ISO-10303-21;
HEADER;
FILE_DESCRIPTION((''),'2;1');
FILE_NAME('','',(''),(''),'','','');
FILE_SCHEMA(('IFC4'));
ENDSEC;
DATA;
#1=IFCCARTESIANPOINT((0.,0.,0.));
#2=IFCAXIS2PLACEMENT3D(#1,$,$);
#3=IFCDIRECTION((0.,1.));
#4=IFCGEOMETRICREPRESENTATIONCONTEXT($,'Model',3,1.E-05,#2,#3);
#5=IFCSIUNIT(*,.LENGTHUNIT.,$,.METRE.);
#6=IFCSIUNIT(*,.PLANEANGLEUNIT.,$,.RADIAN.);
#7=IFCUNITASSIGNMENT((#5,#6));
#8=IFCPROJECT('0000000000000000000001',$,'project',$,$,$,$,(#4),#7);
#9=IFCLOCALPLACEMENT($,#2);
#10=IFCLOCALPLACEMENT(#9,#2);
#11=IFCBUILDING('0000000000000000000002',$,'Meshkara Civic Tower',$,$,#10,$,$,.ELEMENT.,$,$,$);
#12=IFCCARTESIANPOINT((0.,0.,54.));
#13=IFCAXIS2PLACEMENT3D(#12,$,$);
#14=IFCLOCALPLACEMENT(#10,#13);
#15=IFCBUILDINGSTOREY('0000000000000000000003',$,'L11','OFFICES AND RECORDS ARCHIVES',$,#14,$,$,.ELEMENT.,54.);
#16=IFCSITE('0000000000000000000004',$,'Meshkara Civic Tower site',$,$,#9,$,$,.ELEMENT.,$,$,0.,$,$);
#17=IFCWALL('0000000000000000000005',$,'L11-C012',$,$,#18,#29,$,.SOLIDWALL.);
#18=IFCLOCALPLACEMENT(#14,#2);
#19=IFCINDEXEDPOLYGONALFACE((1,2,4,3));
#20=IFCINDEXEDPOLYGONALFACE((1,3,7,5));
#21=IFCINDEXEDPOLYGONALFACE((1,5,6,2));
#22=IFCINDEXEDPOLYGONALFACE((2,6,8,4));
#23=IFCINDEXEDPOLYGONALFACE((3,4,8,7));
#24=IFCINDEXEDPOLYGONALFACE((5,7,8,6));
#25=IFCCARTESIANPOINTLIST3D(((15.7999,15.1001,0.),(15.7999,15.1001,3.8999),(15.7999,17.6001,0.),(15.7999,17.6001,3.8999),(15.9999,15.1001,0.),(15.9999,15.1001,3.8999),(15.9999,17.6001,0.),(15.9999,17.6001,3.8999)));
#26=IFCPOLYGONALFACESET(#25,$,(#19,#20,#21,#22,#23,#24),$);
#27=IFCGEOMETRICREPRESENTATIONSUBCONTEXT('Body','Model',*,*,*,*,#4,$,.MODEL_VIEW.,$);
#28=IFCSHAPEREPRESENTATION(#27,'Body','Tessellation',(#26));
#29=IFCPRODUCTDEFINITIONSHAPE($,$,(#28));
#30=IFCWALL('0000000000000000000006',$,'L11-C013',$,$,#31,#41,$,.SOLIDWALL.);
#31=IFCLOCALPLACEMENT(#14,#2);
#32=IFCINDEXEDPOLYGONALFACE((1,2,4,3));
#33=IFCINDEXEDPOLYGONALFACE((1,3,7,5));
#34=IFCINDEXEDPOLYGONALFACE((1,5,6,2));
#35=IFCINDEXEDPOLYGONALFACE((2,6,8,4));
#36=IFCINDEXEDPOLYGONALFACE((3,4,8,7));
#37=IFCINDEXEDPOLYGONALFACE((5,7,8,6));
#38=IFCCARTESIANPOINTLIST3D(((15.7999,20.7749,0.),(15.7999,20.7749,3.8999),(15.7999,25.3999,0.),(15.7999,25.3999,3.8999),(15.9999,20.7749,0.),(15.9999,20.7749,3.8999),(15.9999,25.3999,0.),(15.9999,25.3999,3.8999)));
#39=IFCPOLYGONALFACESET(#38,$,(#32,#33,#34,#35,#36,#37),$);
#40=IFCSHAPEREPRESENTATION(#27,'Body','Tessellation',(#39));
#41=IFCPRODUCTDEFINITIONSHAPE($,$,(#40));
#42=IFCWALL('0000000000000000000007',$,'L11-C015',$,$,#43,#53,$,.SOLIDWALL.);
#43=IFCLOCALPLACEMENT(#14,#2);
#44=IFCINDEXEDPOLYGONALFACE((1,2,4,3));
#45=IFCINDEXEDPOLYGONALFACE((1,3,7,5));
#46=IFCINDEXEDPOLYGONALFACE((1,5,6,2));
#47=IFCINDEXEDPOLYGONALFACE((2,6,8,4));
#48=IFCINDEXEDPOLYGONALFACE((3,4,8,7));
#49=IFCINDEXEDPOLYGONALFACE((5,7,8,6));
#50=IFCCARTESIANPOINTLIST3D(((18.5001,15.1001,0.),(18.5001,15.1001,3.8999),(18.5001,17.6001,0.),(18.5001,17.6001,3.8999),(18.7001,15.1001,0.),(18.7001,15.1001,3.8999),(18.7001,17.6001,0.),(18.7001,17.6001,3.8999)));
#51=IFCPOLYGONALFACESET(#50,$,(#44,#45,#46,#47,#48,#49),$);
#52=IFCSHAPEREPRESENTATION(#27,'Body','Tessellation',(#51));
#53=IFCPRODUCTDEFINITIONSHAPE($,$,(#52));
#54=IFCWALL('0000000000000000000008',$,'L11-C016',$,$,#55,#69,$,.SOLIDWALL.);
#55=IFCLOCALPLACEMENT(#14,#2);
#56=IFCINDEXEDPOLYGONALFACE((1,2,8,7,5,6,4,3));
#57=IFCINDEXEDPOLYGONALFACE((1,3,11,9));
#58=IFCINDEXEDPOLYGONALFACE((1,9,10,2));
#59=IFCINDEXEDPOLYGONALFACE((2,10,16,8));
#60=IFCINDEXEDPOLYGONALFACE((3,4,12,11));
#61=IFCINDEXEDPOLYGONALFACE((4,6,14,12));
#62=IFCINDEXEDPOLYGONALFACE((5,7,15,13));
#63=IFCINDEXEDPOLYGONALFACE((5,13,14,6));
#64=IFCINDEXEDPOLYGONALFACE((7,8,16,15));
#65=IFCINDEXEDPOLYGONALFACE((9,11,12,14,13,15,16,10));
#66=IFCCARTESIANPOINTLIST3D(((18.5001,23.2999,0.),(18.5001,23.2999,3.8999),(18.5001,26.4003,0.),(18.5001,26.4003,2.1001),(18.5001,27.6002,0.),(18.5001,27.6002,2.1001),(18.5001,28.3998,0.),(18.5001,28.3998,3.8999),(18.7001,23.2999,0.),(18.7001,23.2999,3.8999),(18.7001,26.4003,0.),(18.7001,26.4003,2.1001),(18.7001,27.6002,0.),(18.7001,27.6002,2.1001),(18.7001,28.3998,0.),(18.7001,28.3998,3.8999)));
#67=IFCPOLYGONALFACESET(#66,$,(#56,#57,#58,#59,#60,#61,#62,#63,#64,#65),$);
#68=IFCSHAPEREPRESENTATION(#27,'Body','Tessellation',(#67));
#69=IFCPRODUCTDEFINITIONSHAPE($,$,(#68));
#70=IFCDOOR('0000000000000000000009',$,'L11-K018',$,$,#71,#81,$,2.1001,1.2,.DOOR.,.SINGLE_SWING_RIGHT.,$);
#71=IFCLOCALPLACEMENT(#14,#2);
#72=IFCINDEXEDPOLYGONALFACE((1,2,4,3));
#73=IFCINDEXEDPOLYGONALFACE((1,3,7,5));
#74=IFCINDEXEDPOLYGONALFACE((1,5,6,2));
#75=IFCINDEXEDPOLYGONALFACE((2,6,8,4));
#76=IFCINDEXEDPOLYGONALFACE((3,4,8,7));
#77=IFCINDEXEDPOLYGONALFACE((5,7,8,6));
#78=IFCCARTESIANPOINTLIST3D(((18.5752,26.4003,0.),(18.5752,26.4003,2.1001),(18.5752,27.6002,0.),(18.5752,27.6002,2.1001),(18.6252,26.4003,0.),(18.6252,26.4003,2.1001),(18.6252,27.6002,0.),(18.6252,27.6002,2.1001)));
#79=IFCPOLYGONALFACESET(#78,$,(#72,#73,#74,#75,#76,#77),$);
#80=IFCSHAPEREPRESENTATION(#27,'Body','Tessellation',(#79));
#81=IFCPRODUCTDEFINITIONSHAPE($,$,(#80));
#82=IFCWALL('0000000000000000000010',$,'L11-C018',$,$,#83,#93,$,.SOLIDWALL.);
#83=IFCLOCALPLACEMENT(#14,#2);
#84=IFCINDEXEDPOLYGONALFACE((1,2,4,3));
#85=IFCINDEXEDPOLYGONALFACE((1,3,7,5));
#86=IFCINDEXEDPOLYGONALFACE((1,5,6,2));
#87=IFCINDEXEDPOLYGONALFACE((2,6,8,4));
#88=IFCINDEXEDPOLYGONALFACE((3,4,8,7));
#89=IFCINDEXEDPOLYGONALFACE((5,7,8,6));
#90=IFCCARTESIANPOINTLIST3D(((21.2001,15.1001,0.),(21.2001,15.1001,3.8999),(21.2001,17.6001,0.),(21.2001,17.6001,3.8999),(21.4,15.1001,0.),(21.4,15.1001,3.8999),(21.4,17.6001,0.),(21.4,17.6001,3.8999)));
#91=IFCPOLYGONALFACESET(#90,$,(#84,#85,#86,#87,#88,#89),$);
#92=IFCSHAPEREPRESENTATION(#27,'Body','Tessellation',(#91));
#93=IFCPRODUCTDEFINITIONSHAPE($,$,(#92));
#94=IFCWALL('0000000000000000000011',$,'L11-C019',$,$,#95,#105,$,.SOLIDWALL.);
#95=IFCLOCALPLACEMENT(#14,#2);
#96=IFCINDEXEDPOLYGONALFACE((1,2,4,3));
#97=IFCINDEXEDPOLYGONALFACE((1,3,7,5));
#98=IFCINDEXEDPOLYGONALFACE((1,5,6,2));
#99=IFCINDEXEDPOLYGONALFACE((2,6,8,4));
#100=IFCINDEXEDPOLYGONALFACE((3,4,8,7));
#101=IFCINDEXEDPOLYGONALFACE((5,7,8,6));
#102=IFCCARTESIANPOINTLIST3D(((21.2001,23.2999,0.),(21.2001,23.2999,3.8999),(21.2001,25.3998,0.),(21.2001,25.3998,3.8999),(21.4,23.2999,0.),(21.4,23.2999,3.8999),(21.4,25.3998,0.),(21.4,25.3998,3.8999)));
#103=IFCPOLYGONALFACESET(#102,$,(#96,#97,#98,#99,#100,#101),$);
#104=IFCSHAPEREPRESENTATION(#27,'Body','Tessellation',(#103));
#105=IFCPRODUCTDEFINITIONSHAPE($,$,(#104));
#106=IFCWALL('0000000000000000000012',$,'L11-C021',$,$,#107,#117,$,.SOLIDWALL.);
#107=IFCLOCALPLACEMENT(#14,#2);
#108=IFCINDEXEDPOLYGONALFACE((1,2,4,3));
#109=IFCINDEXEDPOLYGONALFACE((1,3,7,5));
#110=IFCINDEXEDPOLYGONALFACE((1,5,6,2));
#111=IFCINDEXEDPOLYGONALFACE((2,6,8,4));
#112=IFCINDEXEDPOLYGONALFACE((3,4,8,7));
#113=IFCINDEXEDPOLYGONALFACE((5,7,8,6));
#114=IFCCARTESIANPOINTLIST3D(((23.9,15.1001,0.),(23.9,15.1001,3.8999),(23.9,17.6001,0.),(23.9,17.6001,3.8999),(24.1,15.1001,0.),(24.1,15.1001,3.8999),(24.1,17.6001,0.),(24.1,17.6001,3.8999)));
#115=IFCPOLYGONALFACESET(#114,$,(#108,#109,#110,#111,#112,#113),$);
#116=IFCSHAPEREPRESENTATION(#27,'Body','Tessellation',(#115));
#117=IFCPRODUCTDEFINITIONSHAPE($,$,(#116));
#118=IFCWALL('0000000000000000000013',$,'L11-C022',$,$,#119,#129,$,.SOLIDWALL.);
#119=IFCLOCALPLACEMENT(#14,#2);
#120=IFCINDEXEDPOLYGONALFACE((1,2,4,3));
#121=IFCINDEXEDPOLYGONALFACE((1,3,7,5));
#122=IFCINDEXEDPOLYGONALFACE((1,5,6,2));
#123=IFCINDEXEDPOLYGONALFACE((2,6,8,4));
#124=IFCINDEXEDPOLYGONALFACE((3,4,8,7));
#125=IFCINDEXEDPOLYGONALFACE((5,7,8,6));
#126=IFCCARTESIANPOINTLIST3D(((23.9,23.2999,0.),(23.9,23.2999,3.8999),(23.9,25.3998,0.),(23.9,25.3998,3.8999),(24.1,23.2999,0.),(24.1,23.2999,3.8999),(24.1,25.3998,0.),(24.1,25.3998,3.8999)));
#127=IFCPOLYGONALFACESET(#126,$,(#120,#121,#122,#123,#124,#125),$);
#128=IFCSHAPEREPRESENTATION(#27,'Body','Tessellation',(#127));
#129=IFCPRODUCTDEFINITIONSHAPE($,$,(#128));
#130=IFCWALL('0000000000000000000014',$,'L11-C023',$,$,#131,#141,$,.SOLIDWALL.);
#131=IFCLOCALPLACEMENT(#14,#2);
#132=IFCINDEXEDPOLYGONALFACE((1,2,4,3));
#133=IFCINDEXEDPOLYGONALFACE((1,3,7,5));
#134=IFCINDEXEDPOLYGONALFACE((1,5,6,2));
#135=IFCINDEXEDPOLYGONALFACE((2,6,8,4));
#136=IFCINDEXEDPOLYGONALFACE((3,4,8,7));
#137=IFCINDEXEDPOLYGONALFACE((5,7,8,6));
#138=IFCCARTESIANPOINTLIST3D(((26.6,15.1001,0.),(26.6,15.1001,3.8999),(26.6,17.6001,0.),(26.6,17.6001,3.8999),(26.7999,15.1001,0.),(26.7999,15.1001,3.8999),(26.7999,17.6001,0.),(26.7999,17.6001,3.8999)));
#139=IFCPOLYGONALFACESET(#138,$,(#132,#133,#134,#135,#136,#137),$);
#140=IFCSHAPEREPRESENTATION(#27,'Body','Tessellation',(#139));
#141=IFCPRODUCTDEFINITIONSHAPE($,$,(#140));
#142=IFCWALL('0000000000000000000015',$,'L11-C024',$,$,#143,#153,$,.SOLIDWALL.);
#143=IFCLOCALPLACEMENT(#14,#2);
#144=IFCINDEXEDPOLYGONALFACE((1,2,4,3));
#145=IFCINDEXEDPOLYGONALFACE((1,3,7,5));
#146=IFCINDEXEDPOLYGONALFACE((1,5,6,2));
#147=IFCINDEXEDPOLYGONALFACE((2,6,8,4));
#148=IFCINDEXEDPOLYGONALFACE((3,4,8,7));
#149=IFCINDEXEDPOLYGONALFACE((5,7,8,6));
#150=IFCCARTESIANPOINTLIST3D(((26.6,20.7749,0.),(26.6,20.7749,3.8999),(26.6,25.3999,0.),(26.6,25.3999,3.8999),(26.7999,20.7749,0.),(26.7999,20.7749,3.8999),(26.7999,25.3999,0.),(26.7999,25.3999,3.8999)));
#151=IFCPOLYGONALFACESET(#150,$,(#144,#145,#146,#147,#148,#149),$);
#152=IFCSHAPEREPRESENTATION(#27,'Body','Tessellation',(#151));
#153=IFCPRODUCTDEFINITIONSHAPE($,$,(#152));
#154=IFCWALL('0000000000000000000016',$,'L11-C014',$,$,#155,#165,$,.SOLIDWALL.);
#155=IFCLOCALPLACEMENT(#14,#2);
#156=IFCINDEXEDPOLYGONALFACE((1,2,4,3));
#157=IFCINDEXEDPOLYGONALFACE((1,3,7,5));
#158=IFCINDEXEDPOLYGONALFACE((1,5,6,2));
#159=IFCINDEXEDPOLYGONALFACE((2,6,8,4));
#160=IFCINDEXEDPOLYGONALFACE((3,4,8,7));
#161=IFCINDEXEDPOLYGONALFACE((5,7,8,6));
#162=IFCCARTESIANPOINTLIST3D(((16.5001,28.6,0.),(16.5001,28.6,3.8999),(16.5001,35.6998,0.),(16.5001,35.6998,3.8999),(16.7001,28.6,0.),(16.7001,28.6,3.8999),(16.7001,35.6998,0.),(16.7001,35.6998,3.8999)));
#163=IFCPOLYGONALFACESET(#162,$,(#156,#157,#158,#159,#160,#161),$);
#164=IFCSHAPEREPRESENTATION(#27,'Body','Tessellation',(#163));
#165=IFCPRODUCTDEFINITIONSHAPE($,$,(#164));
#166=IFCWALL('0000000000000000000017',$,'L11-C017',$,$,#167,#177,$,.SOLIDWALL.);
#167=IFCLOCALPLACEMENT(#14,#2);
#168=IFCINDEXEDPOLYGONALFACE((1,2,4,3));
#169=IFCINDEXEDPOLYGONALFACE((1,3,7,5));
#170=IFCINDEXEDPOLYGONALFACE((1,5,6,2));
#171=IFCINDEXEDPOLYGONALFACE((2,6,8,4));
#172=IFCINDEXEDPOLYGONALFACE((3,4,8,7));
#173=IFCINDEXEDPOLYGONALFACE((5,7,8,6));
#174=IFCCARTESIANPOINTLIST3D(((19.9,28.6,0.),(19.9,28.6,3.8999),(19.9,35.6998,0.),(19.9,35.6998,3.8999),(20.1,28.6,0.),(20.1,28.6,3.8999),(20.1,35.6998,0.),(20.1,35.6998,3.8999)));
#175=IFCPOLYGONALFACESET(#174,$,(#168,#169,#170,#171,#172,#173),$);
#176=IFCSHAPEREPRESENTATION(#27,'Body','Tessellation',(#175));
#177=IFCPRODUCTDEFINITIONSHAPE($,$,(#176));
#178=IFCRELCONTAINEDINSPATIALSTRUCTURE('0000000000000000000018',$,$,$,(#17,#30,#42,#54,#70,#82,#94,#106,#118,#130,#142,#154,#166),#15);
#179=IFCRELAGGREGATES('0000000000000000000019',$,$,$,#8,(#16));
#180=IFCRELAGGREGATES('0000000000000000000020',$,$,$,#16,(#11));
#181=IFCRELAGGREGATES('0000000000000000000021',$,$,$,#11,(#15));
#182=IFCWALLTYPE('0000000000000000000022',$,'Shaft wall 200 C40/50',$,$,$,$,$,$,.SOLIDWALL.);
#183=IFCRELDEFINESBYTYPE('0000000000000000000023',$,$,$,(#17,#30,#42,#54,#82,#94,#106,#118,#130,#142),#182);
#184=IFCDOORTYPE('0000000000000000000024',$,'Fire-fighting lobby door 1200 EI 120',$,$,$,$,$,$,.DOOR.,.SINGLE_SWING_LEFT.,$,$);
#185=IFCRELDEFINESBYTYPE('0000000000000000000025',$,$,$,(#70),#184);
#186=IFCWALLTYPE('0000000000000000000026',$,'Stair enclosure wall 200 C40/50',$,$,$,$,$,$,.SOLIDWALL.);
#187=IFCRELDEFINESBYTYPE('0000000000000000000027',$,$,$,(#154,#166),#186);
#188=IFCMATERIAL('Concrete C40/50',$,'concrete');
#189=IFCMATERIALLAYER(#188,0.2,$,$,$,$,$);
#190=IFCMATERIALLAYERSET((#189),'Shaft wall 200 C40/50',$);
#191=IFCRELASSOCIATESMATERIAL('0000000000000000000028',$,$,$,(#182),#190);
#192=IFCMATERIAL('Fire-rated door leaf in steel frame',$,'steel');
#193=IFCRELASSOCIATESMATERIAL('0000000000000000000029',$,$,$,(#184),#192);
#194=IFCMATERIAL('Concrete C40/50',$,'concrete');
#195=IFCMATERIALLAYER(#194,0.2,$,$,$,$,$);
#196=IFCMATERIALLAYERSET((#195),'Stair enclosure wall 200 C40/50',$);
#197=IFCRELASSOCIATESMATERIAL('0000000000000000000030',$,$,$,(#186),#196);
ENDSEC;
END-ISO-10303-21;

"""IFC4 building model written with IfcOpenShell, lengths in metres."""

from ifc_helpers import new_model, si_unit, direction, frame, frame_2d, origin, place, context, subcontext, project, spatial, rectangle, extrude, material, layer, layer_set, type_object, element, fill, save


model = new_model("IFC4")

# Units and contexts
model_context = context("Model", 3, precision=1e-05, world=origin(), true_north=direction((0.0, 1.0)))
body_context = subcontext(model_context, "Body", "Model", "MODEL_VIEW")
ifc_project = project(units=[si_unit("LENGTHUNIT", "METRE"), si_unit("PLANEANGLEUNIT", "RADIAN")], contexts=[model_context])

# Site, building, storey
site_placement = place(None, origin())
site = spatial("IfcSite", under=ifc_project, at=site_placement, Name="Meshkara Civic Tower site", CompositionType="ELEMENT", RefElevation=0.0)
building_placement = place(site_placement, origin())
building = spatial("IfcBuilding", under=site, at=building_placement, Name="Meshkara Civic Tower", CompositionType="ELEMENT")
storey_placement = place(building_placement, frame((0.0, 0.0, 54.0)))
storey = spatial("IfcBuildingStorey", under=building, at=storey_placement, Name="L11", Description="OFFICES AND RECORDS ARCHIVES", CompositionType="ELEMENT", Elevation=54.0)

# Walls
ifc_material_1 = material(Name="Concrete C40/50", Category="concrete")
ifc_layer_1 = layer(ifc_material_1, 0.2)
ifc_layer_set_1 = layer_set([ifc_layer_1], Name="Shaft wall 200 C40/50")
wall_type_1 = type_object("IfcWallType", Name="Shaft wall 200 C40/50", PredefinedType="SOLIDWALL", material=ifc_layer_set_1)
wall_1_placement = place(storey_placement, frame((15.8999, 15.1001, 0.0), z_axis=(0.0, 0.0, 1.0), x_axis=(0.0, 1.0, 0.0)))
element("IfcWall", 1, at=wall_1_placement, inside=storey, type_object=wall_type_1, Name="L11-C012", PredefinedType="SOLIDWALL", context=body_context, shape_type="SweptSolid", body=[
    extrude(rectangle(XDim=2.5, YDim=0.2, at=frame_2d((1.25, 0.0))), origin(), (0.0, 0.0, 1.0), 3.8999),
])
wall_2_placement = place(storey_placement, frame((15.8999, 20.7749, 0.0), z_axis=(0.0, 0.0, 1.0), x_axis=(0.0, 1.0, 0.0)))
element("IfcWall", 2, at=wall_2_placement, inside=storey, type_object=wall_type_1, Name="L11-C013", PredefinedType="SOLIDWALL", context=body_context, shape_type="SweptSolid", body=[
    extrude(rectangle(XDim=4.625, YDim=0.2, at=frame_2d((2.3125, 0.0))), origin(), (0.0, 0.0, 1.0), 3.8999),
])
wall_3_placement = place(storey_placement, frame((18.6001, 15.1001, 0.0), z_axis=(0.0, 0.0, 1.0), x_axis=(0.0, 1.0, 0.0)))
element("IfcWall", 3, at=wall_3_placement, inside=storey, type_object=wall_type_1, Name="L11-C015", PredefinedType="SOLIDWALL", context=body_context, shape_type="SweptSolid", body=[
    extrude(rectangle(XDim=2.5, YDim=0.2, at=frame_2d((1.25, 0.0))), origin(), (0.0, 0.0, 1.0), 3.8999),
])

# Wall, opening, door
wall_4_placement = place(storey_placement, frame((18.6001, 23.3, 0.0), z_axis=(0.0, 0.0, 1.0), x_axis=(0.0, 1.0, 0.0)))
wall_4 = element("IfcWall", 4, at=wall_4_placement, inside=storey, type_object=wall_type_1, Name="L11-C016", PredefinedType="SOLIDWALL", context=body_context, shape_type="SweptSolid", body=[
    extrude(rectangle(XDim=5.0999, YDim=0.2, at=frame_2d((2.5498, 0.0))), origin(), (0.0, 0.0, 1.0), 3.8999),
])
opening_1_placement = place(wall_4_placement, frame((3.1001, 0.0, 0.0)))
opening_1 = element("IfcOpeningElement", 5, at=opening_1_placement, cuts=wall_4, PredefinedType="OPENING", context=body_context, shape_type="SweptSolid", body=[
    extrude(rectangle(XDim=1.2, YDim=2.1001, at=frame_2d((0.6001, 1.05))), frame((0.0, 0.1099, 0.0), z_axis=(0.0, -1.0, 0.0), x_axis=(1.0, 0.0, 0.0)), (0.0, 0.0, 1.0), 0.22),
])
ifc_material_2 = material(Name="Fire-rated door leaf in steel frame", Category="steel")
door_type = type_object("IfcDoorType", Name="Fire-fighting lobby door 1200 EI 120", OperationType="SINGLE_SWING_LEFT", PredefinedType="DOOR", material=ifc_material_2)
door_placement = place(opening_1_placement, origin())
door = element("IfcDoor", 6, at=door_placement, inside=storey, type_object=door_type, Name="L11-K018", OperationType="SINGLE_SWING_RIGHT", OverallHeight=2.1001, OverallWidth=1.2, PredefinedType="DOOR", context=body_context, shape_type="SweptSolid", body=[
    extrude(rectangle(XDim=1.2, YDim=2.1001, at=frame_2d((0.6001, 1.05))), frame((0.0, 0.0249, 0.0), z_axis=(0.0, -1.0, 0.0), x_axis=(1.0, 0.0, 0.0)), (0.0, 0.0, 1.0), 0.05),
])
fill(opening_1, door)

# Walls
wall_5_placement = place(storey_placement, frame((21.3, 15.1001, 0.0), z_axis=(0.0, 0.0, 1.0), x_axis=(0.0, 1.0, 0.0)))
element("IfcWall", 7, at=wall_5_placement, inside=storey, type_object=wall_type_1, Name="L11-C018", PredefinedType="SOLIDWALL", context=body_context, shape_type="SweptSolid", body=[
    extrude(rectangle(XDim=2.5, YDim=0.2, at=frame_2d((1.25, 0.0))), origin(), (0.0, 0.0, 1.0), 3.8999),
])
wall_6_placement = place(storey_placement, frame((21.3, 23.3, 0.0), z_axis=(0.0, 0.0, 1.0), x_axis=(0.0, 1.0, 0.0)))
element("IfcWall", 8, at=wall_6_placement, inside=storey, type_object=wall_type_1, Name="L11-C019", PredefinedType="SOLIDWALL", context=body_context, shape_type="SweptSolid", body=[
    extrude(rectangle(XDim=2.0999, YDim=0.2, at=frame_2d((1.0498, 0.0))), origin(), (0.0, 0.0, 1.0), 3.8999),
])
wall_7_placement = place(storey_placement, frame((24.0, 15.1001, 0.0), z_axis=(0.0, 0.0, 1.0), x_axis=(0.0, 1.0, 0.0)))
element("IfcWall", 9, at=wall_7_placement, inside=storey, type_object=wall_type_1, Name="L11-C021", PredefinedType="SOLIDWALL", context=body_context, shape_type="SweptSolid", body=[
    extrude(rectangle(XDim=2.5, YDim=0.2, at=frame_2d((1.25, 0.0))), origin(), (0.0, 0.0, 1.0), 3.8999),
])
wall_8_placement = place(storey_placement, frame((24.0, 23.3, 0.0), z_axis=(0.0, 0.0, 1.0), x_axis=(0.0, 1.0, 0.0)))
element("IfcWall", 10, at=wall_8_placement, inside=storey, type_object=wall_type_1, Name="L11-C022", PredefinedType="SOLIDWALL", context=body_context, shape_type="SweptSolid", body=[
    extrude(rectangle(XDim=2.0999, YDim=0.2, at=frame_2d((1.0498, 0.0))), origin(), (0.0, 0.0, 1.0), 3.8999),
])
wall_9_placement = place(storey_placement, frame((26.7, 15.1001, 0.0), z_axis=(0.0, 0.0, 1.0), x_axis=(0.0, 1.0, 0.0)))
element("IfcWall", 11, at=wall_9_placement, inside=storey, type_object=wall_type_1, Name="L11-C023", PredefinedType="SOLIDWALL", context=body_context, shape_type="SweptSolid", body=[
    extrude(rectangle(XDim=2.5, YDim=0.2, at=frame_2d((1.25, 0.0))), origin(), (0.0, 0.0, 1.0), 3.8999),
])
wall_10_placement = place(storey_placement, frame((26.7, 20.7749, 0.0), z_axis=(0.0, 0.0, 1.0), x_axis=(0.0, 1.0, 0.0)))
element("IfcWall", 12, at=wall_10_placement, inside=storey, type_object=wall_type_1, Name="L11-C024", PredefinedType="SOLIDWALL", context=body_context, shape_type="SweptSolid", body=[
    extrude(rectangle(XDim=4.625, YDim=0.2, at=frame_2d((2.3125, 0.0))), origin(), (0.0, 0.0, 1.0), 3.8999),
])
ifc_material_3 = material(Name="Concrete C40/50", Category="concrete")
ifc_layer_2 = layer(ifc_material_3, 0.2)
ifc_layer_set_2 = layer_set([ifc_layer_2], Name="Stair enclosure wall 200 C40/50")
wall_type_2 = type_object("IfcWallType", Name="Stair enclosure wall 200 C40/50", PredefinedType="SOLIDWALL", material=ifc_layer_set_2)
for number, where, z_axis, x_axis, name in (
    (13, (16.6001, 28.6001, 0.0), (0.0, 0.0, 1.0), (0.0, 1.0, 0.0), "L11-C014"),
    (14, (20.0, 28.6001, 0.0), (0.0, 0.0, 1.0), (0.0, 1.0, 0.0), "L11-C017"),
):
    element("IfcWall", number, at=place(storey_placement, frame(where, z_axis=z_axis, x_axis=x_axis)), inside=storey, type_object=wall_type_2, Name=name, PredefinedType="SOLIDWALL", context=body_context, shape_type="SweptSolid", body=[
        extrude(rectangle(XDim=7.0999, YDim=0.2, at=frame_2d((3.5498, 0.0))), origin(), (0.0, 0.0, 1.0), 3.8999),
    ])

save(model, "model.ifc")
